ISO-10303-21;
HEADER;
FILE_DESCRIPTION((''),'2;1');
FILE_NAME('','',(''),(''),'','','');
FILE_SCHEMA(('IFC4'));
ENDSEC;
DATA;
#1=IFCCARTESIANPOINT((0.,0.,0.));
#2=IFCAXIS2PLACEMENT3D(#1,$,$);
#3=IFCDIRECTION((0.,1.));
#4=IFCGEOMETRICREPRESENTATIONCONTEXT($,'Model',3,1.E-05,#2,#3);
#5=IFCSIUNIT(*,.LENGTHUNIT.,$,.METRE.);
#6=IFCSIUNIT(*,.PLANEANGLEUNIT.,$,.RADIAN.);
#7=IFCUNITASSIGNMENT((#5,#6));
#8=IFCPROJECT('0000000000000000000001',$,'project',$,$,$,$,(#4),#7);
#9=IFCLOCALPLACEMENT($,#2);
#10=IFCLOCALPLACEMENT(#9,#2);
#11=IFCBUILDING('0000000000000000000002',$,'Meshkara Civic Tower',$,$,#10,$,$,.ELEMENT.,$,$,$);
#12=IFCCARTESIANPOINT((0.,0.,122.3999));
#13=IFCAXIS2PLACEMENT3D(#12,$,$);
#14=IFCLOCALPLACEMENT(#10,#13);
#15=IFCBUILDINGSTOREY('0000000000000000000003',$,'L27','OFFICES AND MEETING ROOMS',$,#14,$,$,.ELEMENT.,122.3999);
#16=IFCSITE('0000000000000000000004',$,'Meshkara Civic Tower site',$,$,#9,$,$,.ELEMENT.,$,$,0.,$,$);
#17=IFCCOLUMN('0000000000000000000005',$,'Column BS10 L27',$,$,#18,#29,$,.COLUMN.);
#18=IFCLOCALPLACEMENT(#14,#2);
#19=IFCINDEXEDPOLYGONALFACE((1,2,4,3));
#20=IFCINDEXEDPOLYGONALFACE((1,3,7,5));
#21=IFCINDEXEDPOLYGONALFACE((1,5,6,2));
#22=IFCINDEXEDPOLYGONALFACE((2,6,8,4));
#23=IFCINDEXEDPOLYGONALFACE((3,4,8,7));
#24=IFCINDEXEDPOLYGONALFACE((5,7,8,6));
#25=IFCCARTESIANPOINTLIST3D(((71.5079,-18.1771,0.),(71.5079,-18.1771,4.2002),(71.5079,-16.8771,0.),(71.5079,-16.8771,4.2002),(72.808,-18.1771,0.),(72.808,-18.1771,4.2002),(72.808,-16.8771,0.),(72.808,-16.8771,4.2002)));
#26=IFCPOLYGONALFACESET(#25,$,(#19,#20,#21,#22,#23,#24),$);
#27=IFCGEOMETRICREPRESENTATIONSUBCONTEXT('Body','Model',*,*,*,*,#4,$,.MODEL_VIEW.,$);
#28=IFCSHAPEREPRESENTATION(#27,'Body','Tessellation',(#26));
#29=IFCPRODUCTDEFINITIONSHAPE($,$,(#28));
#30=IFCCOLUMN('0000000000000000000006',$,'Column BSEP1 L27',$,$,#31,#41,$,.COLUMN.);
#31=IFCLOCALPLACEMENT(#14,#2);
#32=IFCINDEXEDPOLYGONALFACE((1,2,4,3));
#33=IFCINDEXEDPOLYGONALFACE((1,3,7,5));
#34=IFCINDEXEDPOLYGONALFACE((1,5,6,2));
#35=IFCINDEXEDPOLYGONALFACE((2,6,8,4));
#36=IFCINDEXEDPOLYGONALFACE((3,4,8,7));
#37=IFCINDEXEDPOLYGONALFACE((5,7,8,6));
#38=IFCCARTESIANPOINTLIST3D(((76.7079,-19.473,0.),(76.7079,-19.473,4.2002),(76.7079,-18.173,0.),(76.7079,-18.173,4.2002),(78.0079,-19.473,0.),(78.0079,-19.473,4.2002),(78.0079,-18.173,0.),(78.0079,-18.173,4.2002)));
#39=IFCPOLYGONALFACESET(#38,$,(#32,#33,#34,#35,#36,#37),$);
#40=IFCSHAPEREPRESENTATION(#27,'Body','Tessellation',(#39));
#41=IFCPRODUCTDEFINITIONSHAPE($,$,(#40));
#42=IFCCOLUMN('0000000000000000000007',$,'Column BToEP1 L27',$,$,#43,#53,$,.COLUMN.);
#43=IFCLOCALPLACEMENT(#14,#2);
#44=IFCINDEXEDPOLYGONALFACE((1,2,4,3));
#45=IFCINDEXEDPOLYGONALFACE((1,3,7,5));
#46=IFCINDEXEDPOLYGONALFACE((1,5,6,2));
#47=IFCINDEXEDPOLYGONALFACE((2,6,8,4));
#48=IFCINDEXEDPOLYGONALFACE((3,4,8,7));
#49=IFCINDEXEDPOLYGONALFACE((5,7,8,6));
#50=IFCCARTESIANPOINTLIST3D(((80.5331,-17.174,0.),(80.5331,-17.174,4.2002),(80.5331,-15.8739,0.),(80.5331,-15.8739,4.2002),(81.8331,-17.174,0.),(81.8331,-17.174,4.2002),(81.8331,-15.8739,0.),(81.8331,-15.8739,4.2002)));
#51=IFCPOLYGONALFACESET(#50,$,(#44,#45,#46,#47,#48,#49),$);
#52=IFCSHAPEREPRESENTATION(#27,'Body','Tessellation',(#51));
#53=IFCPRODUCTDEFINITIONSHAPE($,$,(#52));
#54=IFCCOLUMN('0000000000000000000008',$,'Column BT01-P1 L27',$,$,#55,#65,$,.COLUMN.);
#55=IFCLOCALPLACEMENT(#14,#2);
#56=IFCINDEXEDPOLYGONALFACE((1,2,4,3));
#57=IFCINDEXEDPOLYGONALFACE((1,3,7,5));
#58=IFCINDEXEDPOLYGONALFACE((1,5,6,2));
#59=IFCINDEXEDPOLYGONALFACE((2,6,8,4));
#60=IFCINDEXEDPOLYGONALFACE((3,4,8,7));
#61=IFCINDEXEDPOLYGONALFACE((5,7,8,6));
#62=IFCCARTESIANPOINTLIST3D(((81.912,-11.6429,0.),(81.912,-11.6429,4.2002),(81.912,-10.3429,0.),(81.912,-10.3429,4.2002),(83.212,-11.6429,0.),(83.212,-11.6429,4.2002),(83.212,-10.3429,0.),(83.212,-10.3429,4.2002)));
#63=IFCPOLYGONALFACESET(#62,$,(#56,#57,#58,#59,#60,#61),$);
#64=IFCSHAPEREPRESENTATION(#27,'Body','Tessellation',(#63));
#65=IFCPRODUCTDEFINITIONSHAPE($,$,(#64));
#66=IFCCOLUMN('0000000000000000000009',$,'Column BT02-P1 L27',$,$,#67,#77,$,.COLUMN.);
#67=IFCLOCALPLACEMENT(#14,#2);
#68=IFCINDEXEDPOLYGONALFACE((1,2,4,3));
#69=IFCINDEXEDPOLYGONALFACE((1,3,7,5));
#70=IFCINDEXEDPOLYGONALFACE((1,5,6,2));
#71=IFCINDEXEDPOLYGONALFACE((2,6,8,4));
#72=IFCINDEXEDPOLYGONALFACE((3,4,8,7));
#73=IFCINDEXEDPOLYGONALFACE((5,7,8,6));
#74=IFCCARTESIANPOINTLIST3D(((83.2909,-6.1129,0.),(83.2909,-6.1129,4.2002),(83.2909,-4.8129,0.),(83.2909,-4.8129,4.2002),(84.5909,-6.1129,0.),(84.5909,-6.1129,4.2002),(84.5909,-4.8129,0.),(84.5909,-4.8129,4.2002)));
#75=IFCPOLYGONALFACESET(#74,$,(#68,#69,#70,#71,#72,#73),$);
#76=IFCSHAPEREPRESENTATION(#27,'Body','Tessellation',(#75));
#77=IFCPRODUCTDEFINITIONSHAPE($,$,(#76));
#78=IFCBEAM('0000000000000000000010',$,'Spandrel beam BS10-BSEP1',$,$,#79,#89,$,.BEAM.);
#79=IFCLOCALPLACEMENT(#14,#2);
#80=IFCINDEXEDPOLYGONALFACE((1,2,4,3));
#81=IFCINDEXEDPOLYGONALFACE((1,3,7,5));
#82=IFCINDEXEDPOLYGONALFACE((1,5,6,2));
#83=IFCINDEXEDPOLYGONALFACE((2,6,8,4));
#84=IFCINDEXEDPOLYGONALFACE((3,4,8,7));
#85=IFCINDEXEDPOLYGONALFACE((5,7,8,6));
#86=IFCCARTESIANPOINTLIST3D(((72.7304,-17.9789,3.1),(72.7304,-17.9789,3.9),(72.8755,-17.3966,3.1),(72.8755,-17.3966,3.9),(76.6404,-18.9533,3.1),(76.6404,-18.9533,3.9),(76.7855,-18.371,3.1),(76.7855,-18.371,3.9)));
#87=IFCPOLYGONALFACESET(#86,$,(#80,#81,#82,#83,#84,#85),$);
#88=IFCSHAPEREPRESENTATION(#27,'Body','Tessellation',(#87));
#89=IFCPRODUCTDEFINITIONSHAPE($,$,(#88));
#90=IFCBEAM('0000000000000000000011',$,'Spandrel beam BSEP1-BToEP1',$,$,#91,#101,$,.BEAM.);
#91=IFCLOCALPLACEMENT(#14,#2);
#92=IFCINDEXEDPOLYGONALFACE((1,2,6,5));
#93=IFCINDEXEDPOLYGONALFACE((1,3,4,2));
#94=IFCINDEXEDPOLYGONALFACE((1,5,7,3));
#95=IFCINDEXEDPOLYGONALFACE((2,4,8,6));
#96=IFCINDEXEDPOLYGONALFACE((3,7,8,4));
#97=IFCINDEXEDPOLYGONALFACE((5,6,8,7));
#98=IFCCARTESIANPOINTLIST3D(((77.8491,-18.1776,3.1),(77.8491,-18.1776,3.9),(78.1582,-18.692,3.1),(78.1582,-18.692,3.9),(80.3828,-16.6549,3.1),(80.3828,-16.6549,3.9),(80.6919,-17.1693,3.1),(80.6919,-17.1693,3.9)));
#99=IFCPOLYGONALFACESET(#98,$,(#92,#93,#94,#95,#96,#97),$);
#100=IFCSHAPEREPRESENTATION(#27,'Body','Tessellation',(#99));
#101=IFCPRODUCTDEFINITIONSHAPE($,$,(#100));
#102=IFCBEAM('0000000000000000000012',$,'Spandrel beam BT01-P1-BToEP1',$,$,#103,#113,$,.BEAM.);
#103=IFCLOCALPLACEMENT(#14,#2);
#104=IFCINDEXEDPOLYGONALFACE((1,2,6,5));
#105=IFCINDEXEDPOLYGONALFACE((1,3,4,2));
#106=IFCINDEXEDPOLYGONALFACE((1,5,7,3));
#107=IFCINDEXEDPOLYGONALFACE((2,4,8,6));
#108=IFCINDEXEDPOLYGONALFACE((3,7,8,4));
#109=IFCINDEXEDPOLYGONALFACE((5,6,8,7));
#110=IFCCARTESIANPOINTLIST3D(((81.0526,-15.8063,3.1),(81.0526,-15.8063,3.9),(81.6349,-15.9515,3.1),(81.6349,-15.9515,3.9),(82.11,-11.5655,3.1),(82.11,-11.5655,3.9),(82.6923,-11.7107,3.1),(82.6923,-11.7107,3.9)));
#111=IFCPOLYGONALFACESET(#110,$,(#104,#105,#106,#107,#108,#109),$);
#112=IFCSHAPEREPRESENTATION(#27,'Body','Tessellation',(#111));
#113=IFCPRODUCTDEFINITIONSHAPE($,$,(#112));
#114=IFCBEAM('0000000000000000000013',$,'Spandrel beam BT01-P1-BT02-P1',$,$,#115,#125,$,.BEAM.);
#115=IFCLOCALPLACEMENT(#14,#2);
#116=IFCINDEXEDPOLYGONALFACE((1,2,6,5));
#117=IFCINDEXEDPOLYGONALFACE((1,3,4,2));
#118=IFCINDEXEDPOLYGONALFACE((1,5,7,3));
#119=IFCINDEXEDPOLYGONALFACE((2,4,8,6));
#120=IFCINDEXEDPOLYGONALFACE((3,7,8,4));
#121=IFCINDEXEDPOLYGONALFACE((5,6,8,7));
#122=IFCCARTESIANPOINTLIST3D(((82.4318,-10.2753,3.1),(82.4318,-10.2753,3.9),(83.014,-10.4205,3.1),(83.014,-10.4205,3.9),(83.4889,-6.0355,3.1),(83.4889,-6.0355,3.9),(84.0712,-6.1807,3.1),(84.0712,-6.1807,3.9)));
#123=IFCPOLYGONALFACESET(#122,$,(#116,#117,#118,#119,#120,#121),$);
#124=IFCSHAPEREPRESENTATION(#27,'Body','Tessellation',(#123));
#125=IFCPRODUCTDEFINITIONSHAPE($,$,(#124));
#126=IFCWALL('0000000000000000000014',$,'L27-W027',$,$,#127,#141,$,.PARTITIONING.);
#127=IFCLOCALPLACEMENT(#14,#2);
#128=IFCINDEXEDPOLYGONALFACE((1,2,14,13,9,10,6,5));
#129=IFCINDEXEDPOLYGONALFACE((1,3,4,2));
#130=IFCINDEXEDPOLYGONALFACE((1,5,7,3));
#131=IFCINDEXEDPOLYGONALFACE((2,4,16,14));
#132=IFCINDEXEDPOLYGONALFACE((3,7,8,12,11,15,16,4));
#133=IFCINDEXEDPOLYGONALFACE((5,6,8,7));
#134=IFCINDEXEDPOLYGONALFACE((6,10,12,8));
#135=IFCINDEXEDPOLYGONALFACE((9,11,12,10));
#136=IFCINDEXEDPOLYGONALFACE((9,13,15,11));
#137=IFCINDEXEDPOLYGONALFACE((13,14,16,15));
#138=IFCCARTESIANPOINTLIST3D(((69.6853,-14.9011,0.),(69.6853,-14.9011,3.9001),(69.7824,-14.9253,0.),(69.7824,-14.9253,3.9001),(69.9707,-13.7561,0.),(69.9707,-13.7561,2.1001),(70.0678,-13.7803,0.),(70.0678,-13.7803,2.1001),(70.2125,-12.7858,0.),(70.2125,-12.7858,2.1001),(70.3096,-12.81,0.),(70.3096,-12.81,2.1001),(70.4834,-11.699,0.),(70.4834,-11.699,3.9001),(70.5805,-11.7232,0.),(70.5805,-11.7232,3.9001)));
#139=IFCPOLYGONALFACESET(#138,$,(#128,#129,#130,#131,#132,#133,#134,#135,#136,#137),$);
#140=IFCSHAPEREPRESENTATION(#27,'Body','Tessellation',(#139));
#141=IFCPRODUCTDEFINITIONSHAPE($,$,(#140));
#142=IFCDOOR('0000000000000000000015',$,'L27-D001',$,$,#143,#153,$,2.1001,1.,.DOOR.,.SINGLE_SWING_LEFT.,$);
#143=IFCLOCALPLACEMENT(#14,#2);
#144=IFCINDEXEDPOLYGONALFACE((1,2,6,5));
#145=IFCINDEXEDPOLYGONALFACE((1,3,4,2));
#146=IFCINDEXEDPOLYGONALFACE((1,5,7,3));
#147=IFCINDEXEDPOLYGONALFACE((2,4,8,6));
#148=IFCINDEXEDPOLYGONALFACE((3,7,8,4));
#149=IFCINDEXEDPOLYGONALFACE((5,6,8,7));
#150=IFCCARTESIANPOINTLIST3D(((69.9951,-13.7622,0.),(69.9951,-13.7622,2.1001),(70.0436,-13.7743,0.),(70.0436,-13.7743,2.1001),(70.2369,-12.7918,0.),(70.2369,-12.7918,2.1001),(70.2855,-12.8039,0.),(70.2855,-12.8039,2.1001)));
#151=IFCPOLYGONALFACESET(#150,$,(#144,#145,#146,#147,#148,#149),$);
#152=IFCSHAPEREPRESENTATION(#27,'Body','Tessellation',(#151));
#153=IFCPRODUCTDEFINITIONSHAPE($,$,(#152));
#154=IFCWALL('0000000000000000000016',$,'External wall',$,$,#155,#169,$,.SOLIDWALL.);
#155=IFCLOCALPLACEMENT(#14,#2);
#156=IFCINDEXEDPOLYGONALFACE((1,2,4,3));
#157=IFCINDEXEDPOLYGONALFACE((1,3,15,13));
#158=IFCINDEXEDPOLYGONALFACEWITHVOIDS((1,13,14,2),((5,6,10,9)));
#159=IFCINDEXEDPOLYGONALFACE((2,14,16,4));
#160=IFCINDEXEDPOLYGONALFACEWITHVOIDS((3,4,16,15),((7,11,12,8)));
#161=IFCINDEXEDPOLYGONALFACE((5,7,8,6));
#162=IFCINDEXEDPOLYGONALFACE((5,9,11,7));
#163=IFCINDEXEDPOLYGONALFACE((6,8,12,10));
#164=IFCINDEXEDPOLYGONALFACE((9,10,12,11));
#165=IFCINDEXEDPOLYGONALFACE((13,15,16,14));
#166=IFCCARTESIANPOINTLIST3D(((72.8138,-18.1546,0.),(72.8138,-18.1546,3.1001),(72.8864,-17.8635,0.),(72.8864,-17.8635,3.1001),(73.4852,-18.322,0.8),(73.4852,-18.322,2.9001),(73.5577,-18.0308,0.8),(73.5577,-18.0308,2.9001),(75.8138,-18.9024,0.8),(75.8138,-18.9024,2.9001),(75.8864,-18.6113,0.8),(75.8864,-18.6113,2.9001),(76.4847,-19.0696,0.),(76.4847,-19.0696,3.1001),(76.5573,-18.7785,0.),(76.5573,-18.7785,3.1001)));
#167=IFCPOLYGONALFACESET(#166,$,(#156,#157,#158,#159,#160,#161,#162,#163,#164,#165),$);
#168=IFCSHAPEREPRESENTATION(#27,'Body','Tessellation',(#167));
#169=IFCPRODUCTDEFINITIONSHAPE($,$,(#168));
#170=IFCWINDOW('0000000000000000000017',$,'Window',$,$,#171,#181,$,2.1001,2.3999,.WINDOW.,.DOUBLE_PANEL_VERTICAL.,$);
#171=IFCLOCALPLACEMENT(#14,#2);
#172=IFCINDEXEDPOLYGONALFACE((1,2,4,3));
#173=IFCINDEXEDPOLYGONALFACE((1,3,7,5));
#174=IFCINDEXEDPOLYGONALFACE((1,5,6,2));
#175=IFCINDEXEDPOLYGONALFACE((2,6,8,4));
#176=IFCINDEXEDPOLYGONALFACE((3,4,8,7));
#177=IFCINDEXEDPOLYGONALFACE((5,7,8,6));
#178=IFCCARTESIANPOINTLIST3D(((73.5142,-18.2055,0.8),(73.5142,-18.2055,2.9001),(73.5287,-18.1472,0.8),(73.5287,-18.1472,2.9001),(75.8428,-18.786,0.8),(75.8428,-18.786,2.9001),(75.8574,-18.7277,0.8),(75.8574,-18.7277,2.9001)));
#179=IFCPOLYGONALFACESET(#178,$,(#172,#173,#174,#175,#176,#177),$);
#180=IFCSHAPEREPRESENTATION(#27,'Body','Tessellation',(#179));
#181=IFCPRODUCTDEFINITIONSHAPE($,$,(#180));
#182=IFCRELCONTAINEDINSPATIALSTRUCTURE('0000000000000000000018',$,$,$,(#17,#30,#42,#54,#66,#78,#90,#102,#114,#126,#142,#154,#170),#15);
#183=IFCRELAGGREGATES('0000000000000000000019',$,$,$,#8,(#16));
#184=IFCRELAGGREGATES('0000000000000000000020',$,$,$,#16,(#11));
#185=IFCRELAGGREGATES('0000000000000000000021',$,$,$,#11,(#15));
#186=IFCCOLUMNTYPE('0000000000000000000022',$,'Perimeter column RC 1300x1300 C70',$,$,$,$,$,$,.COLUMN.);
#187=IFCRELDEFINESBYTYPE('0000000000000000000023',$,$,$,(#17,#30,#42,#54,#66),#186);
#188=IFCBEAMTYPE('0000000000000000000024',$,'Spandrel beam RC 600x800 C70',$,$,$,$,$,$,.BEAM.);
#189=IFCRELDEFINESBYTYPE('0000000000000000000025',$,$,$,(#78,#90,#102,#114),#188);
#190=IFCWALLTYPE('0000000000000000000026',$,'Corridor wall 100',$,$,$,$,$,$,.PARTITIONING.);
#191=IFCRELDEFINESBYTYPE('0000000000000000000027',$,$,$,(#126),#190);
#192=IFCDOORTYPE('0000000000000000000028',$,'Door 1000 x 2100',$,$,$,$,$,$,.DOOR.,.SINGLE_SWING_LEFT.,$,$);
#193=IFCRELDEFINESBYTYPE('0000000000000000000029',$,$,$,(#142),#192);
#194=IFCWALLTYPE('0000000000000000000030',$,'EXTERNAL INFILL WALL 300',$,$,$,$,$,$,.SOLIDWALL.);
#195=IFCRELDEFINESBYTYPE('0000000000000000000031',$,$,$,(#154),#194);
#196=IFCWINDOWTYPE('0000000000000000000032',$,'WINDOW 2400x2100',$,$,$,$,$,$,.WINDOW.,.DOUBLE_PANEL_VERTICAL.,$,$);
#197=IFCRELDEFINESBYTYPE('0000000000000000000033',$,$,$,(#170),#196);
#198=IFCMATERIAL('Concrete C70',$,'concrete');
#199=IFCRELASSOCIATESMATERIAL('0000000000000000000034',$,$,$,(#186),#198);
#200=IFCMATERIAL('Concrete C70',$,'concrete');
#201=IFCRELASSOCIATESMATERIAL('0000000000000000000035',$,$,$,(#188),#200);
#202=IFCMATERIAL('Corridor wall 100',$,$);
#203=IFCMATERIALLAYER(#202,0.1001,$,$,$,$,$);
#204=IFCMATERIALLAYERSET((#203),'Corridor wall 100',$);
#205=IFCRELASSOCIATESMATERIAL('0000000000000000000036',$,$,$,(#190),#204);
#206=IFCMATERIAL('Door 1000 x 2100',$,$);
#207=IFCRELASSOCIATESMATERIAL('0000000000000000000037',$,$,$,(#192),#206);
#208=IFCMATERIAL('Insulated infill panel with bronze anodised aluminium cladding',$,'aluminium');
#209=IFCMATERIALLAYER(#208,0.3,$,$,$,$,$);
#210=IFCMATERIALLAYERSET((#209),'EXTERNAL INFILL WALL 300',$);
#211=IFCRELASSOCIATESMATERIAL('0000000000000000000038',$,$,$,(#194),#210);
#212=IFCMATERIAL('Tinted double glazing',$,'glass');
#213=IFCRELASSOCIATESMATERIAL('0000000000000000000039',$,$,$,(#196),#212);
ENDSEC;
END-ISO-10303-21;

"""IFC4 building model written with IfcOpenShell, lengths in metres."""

from ifc_helpers import new_model, si_unit, direction, frame, frame_2d, origin, origin_2d, place, context, subcontext, project, spatial, rectangle, extrude, material, layer, layer_set, material_profile, profile_set, type_object, element, fill, save


model = new_model("IFC4")

# Units and contexts
model_context = context("Model", 3, precision=1e-05, world=origin(), true_north=direction((0.0, 1.0)))
body_context = subcontext(model_context, "Body", "Model", "MODEL_VIEW")
ifc_project = project(units=[si_unit("LENGTHUNIT", "METRE"), si_unit("PLANEANGLEUNIT", "RADIAN")], contexts=[model_context])

# Site, building, storey
site_placement = place(None, origin())
site = spatial("IfcSite", under=ifc_project, at=site_placement, Name="Meshkara Civic Tower site", CompositionType="ELEMENT", RefElevation=0.0)
building_placement = place(site_placement, origin())
building = spatial("IfcBuilding", under=site, at=building_placement, Name="Meshkara Civic Tower", CompositionType="ELEMENT")
storey_placement = place(building_placement, frame((0.0, 0.0, 122.3999)))
storey = spatial("IfcBuildingStorey", under=building, at=storey_placement, Name="L27", Description="OFFICES AND MEETING ROOMS", CompositionType="ELEMENT", Elevation=122.3999)

# Columns
ifc_material_1 = material(Name="Concrete C70", Category="concrete")
ifc_material_profile_1 = material_profile(ifc_material_1, rectangle(XDim=1.3, YDim=1.3, at=origin_2d()))
ifc_profile_set_1 = profile_set([ifc_material_profile_1], Name="Concrete C70")
column_type = type_object("IfcColumnType", Name="Perimeter column RC 1300x1300 C70", PredefinedType="COLUMN", material=ifc_profile_set_1)
for number, where, z_axis, x_axis, name in (
    (1, (72.158, -17.5271, 0.0), (0.0, 0.0, 1.0), (1.0, 0.0, 0.0), "Column BS10 L27"),
    (2, (77.3579, -18.823, 0.0), (0.0, 0.0, 1.0), (1.0, 0.0, 0.0), "Column BSEP1 L27"),
    (3, (81.1831, -16.5239, 0.0), (0.0, 0.0, 1.0), (1.0, 0.0, 0.0), "Column BToEP1 L27"),
    (4, (82.562, -10.9929, 0.0), (0.0, 0.0, 1.0), (1.0, 0.0, 0.0), "Column BT01-P1 L27"),
    (5, (83.9409, -5.4629, 0.0), (0.0, 0.0, 1.0), (1.0, 0.0, 0.0), "Column BT02-P1 L27"),
):
    element("IfcColumn", number, at=place(storey_placement, frame(where, z_axis=z_axis, x_axis=x_axis)), inside=storey, type_object=column_type, Name=name, PredefinedType="COLUMN", context=body_context, shape_type="SweptSolid", body=[
        extrude(rectangle(XDim=1.3, YDim=1.3, at=origin_2d()), origin(), (0.0, 0.0, 1.0), 4.2002),
    ])

# Beams
ifc_material_2 = material(Name="Concrete C70", Category="concrete")
ifc_material_profile_2 = material_profile(ifc_material_2, rectangle(XDim=0.6001, YDim=0.8, at=origin_2d()))
ifc_profile_set_2 = profile_set([ifc_material_profile_2], Name="Concrete C70")
beam_type = type_object("IfcBeamType", Name="Spandrel beam RC 600x800 C70", PredefinedType="BEAM", material=ifc_profile_set_2)
beam_1_placement = place(storey_placement, frame((72.803, -17.6877, 3.5), z_axis=(0.970324, -0.241808, 0.0), x_axis=(0.241808, 0.970324, 0.0)))
element("IfcBeam", 6, at=beam_1_placement, inside=storey, type_object=beam_type, Name="Spandrel beam BS10-BSEP1", PredefinedType="BEAM", context=body_context, shape_type="SweptSolid", body=[
    extrude(rectangle(XDim=0.6001, YDim=0.8, at=origin_2d()), origin(), (0.0, 0.0, 1.0), 4.0295),
])
beam_2_placement = place(storey_placement, frame((78.0037, -18.4348, 3.5), z_axis=(0.857121, 0.515115, 0.0), x_axis=(-0.515115, 0.857121, 0.0)))
element("IfcBeam", 7, at=beam_2_placement, inside=storey, type_object=beam_type, Name="Spandrel beam BSEP1-BToEP1", PredefinedType="BEAM", context=body_context, shape_type="SweptSolid", body=[
    extrude(rectangle(XDim=0.6001, YDim=0.8, at=origin_2d()), origin(), (0.0, 0.0, 1.0), 2.9561),
])
beam_3_placement = place(storey_placement, frame((81.3438, -15.8789, 3.5), z_axis=(0.241931, 0.970293, 0.0), x_axis=(-0.970293, 0.241931, 0.0)))
element("IfcBeam", 8, at=beam_3_placement, inside=storey, type_object=beam_type, Name="Spandrel beam BT01-P1-BToEP1", PredefinedType="BEAM", context=body_context, shape_type="SweptSolid", body=[
    extrude(rectangle(XDim=0.6001, YDim=0.8, at=origin_2d()), origin(), (0.0, 0.0, 1.0), 4.3706),
])
beam_4_placement = place(storey_placement, frame((82.7229, -10.3479, 3.5), z_axis=(0.241931, 0.970293, 0.0), x_axis=(-0.970293, 0.241931, 0.0)))
element("IfcBeam", 9, at=beam_4_placement, inside=storey, type_object=beam_type, Name="Spandrel beam BT01-P1-BT02-P1", PredefinedType="BEAM", context=body_context, shape_type="SweptSolid", body=[
    extrude(rectangle(XDim=0.6001, YDim=0.8, at=origin_2d()), origin(), (0.0, 0.0, 1.0), 4.3696),
])

# Wall, opening, door
ifc_material_3 = material(Name="Corridor wall 100")
ifc_layer_1 = layer(ifc_material_3, 0.1001)
ifc_layer_set_1 = layer_set([ifc_layer_1], Name="Corridor wall 100")
wall_type_1 = type_object("IfcWallType", Name="Corridor wall 100", PredefinedType="PARTITIONING", material=ifc_layer_set_1)
wall_1_placement = place(storey_placement, frame((69.7339, -14.9131, 0.0), z_axis=(0.0, 0.0, 1.0), x_axis=(0.241839, 0.970316, 0.0)))
wall_1 = element("IfcWall", 10, at=wall_1_placement, inside=storey, type_object=wall_type_1, Name="L27-W027", PredefinedType="PARTITIONING", context=body_context, shape_type="SweptSolid", body=[
    extrude(rectangle(XDim=3.3, YDim=0.1001, at=frame_2d((1.6499, 0.0))), origin(), (0.0, 0.0, 1.0), 3.9001),
])
opening_1_placement = place(wall_1_placement, frame((1.1799, 0.0, 0.0)))
opening_1 = element("IfcOpeningElement", 11, at=opening_1_placement, cuts=wall_1, PredefinedType="OPENING", context=body_context, shape_type="SweptSolid", body=[
    extrude(rectangle(XDim=1.0, YDim=2.1001, at=frame_2d((0.5, 1.05))), frame((0.0, 0.0601, 0.0), z_axis=(0.0, -1.0, 0.0), x_axis=(1.0, 0.0, 0.0)), (0.0, 0.0, 1.0), 0.1201),
])
ifc_material_4 = material(Name="Door 1000 x 2100")
door_type_1 = type_object("IfcDoorType", Name="Door 1000 x 2100", OperationType="SINGLE_SWING_LEFT", PredefinedType="DOOR", material=ifc_material_4)
door_1_placement = place(opening_1_placement, origin())
door_1 = element("IfcDoor", 12, at=door_1_placement, inside=storey, type_object=door_type_1, Name="L27-D001", OperationType="SINGLE_SWING_LEFT", OverallHeight=2.1001, OverallWidth=1.0, PredefinedType="DOOR", context=body_context, shape_type="SweptSolid", body=[
    extrude(rectangle(XDim=1.0, YDim=2.1001, at=frame_2d((0.5, 1.05))), frame((0.0, 0.0249, 0.0), z_axis=(0.0, -1.0, 0.0), x_axis=(1.0, 0.0, 0.0)), (0.0, 0.0, 1.0), 0.05),
])
fill(opening_1, door_1)

# Wall, opening, window
ifc_material_5 = material(Name="Insulated infill panel with bronze anodised aluminium cladding", Category="aluminium")
ifc_layer_2 = layer(ifc_material_5, 0.3)
ifc_layer_set_2 = layer_set([ifc_layer_2], Name="EXTERNAL INFILL WALL 300")
wall_type_2 = type_object("IfcWallType", Name="EXTERNAL INFILL WALL 300", PredefinedType="SOLIDWALL", material=ifc_layer_set_2)
wall_2_placement = place(storey_placement, frame((72.8501, -18.009, 0.0), z_axis=(0.0, 0.0, 1.0), x_axis=(0.970309, -0.241867, 0.0)))
wall_2 = element("IfcWall", 13, at=wall_2_placement, inside=storey, type_object=wall_type_2, Name="External wall", PredefinedType="SOLIDWALL", context=body_context, shape_type="SweptSolid", body=[
    extrude(rectangle(XDim=3.7832, YDim=0.3, at=frame_2d((1.8916, 0.0))), origin(), (0.0, 0.0, 1.0), 3.1001),
])
opening_2_placement = place(wall_2_placement, frame((0.6919, 0.0, 0.8)))
opening_2 = element("IfcOpeningElement", 14, at=opening_2_placement, cuts=wall_2, PredefinedType="OPENING", context=body_context, shape_type="SweptSolid", body=[
    extrude(rectangle(XDim=2.3999, YDim=2.1001, at=frame_2d((1.2, 1.05))), frame((0.0, 0.1599, 0.0), z_axis=(0.0, -1.0, 0.0), x_axis=(1.0, 0.0, 0.0)), (0.0, 0.0, 1.0), 0.3201),
])
ifc_material_6 = material(Name="Tinted double glazing", Category="glass")
window_type_1 = type_object("IfcWindowType", Name="WINDOW 2400x2100", PartitioningType="DOUBLE_PANEL_VERTICAL", PredefinedType="WINDOW", material=ifc_material_6)
window_1_placement = place(opening_2_placement, origin())
window_1 = element("IfcWindow", 15, at=window_1_placement, inside=storey, type_object=window_type_1, Name="Window", OverallHeight=2.1001, OverallWidth=2.3999, PartitioningType="DOUBLE_PANEL_VERTICAL", PredefinedType="WINDOW", context=body_context, shape_type="SweptSolid", body=[
    extrude(rectangle(XDim=2.3999, YDim=2.1001, at=frame_2d((1.2, 1.05))), frame((0.0, 0.03, 0.0), z_axis=(0.0, -1.0, 0.0), x_axis=(1.0, 0.0, 0.0)), (0.0, 0.0, 1.0), 0.0601),
])
fill(opening_2, window_1)

save(model, "model.ifc")
